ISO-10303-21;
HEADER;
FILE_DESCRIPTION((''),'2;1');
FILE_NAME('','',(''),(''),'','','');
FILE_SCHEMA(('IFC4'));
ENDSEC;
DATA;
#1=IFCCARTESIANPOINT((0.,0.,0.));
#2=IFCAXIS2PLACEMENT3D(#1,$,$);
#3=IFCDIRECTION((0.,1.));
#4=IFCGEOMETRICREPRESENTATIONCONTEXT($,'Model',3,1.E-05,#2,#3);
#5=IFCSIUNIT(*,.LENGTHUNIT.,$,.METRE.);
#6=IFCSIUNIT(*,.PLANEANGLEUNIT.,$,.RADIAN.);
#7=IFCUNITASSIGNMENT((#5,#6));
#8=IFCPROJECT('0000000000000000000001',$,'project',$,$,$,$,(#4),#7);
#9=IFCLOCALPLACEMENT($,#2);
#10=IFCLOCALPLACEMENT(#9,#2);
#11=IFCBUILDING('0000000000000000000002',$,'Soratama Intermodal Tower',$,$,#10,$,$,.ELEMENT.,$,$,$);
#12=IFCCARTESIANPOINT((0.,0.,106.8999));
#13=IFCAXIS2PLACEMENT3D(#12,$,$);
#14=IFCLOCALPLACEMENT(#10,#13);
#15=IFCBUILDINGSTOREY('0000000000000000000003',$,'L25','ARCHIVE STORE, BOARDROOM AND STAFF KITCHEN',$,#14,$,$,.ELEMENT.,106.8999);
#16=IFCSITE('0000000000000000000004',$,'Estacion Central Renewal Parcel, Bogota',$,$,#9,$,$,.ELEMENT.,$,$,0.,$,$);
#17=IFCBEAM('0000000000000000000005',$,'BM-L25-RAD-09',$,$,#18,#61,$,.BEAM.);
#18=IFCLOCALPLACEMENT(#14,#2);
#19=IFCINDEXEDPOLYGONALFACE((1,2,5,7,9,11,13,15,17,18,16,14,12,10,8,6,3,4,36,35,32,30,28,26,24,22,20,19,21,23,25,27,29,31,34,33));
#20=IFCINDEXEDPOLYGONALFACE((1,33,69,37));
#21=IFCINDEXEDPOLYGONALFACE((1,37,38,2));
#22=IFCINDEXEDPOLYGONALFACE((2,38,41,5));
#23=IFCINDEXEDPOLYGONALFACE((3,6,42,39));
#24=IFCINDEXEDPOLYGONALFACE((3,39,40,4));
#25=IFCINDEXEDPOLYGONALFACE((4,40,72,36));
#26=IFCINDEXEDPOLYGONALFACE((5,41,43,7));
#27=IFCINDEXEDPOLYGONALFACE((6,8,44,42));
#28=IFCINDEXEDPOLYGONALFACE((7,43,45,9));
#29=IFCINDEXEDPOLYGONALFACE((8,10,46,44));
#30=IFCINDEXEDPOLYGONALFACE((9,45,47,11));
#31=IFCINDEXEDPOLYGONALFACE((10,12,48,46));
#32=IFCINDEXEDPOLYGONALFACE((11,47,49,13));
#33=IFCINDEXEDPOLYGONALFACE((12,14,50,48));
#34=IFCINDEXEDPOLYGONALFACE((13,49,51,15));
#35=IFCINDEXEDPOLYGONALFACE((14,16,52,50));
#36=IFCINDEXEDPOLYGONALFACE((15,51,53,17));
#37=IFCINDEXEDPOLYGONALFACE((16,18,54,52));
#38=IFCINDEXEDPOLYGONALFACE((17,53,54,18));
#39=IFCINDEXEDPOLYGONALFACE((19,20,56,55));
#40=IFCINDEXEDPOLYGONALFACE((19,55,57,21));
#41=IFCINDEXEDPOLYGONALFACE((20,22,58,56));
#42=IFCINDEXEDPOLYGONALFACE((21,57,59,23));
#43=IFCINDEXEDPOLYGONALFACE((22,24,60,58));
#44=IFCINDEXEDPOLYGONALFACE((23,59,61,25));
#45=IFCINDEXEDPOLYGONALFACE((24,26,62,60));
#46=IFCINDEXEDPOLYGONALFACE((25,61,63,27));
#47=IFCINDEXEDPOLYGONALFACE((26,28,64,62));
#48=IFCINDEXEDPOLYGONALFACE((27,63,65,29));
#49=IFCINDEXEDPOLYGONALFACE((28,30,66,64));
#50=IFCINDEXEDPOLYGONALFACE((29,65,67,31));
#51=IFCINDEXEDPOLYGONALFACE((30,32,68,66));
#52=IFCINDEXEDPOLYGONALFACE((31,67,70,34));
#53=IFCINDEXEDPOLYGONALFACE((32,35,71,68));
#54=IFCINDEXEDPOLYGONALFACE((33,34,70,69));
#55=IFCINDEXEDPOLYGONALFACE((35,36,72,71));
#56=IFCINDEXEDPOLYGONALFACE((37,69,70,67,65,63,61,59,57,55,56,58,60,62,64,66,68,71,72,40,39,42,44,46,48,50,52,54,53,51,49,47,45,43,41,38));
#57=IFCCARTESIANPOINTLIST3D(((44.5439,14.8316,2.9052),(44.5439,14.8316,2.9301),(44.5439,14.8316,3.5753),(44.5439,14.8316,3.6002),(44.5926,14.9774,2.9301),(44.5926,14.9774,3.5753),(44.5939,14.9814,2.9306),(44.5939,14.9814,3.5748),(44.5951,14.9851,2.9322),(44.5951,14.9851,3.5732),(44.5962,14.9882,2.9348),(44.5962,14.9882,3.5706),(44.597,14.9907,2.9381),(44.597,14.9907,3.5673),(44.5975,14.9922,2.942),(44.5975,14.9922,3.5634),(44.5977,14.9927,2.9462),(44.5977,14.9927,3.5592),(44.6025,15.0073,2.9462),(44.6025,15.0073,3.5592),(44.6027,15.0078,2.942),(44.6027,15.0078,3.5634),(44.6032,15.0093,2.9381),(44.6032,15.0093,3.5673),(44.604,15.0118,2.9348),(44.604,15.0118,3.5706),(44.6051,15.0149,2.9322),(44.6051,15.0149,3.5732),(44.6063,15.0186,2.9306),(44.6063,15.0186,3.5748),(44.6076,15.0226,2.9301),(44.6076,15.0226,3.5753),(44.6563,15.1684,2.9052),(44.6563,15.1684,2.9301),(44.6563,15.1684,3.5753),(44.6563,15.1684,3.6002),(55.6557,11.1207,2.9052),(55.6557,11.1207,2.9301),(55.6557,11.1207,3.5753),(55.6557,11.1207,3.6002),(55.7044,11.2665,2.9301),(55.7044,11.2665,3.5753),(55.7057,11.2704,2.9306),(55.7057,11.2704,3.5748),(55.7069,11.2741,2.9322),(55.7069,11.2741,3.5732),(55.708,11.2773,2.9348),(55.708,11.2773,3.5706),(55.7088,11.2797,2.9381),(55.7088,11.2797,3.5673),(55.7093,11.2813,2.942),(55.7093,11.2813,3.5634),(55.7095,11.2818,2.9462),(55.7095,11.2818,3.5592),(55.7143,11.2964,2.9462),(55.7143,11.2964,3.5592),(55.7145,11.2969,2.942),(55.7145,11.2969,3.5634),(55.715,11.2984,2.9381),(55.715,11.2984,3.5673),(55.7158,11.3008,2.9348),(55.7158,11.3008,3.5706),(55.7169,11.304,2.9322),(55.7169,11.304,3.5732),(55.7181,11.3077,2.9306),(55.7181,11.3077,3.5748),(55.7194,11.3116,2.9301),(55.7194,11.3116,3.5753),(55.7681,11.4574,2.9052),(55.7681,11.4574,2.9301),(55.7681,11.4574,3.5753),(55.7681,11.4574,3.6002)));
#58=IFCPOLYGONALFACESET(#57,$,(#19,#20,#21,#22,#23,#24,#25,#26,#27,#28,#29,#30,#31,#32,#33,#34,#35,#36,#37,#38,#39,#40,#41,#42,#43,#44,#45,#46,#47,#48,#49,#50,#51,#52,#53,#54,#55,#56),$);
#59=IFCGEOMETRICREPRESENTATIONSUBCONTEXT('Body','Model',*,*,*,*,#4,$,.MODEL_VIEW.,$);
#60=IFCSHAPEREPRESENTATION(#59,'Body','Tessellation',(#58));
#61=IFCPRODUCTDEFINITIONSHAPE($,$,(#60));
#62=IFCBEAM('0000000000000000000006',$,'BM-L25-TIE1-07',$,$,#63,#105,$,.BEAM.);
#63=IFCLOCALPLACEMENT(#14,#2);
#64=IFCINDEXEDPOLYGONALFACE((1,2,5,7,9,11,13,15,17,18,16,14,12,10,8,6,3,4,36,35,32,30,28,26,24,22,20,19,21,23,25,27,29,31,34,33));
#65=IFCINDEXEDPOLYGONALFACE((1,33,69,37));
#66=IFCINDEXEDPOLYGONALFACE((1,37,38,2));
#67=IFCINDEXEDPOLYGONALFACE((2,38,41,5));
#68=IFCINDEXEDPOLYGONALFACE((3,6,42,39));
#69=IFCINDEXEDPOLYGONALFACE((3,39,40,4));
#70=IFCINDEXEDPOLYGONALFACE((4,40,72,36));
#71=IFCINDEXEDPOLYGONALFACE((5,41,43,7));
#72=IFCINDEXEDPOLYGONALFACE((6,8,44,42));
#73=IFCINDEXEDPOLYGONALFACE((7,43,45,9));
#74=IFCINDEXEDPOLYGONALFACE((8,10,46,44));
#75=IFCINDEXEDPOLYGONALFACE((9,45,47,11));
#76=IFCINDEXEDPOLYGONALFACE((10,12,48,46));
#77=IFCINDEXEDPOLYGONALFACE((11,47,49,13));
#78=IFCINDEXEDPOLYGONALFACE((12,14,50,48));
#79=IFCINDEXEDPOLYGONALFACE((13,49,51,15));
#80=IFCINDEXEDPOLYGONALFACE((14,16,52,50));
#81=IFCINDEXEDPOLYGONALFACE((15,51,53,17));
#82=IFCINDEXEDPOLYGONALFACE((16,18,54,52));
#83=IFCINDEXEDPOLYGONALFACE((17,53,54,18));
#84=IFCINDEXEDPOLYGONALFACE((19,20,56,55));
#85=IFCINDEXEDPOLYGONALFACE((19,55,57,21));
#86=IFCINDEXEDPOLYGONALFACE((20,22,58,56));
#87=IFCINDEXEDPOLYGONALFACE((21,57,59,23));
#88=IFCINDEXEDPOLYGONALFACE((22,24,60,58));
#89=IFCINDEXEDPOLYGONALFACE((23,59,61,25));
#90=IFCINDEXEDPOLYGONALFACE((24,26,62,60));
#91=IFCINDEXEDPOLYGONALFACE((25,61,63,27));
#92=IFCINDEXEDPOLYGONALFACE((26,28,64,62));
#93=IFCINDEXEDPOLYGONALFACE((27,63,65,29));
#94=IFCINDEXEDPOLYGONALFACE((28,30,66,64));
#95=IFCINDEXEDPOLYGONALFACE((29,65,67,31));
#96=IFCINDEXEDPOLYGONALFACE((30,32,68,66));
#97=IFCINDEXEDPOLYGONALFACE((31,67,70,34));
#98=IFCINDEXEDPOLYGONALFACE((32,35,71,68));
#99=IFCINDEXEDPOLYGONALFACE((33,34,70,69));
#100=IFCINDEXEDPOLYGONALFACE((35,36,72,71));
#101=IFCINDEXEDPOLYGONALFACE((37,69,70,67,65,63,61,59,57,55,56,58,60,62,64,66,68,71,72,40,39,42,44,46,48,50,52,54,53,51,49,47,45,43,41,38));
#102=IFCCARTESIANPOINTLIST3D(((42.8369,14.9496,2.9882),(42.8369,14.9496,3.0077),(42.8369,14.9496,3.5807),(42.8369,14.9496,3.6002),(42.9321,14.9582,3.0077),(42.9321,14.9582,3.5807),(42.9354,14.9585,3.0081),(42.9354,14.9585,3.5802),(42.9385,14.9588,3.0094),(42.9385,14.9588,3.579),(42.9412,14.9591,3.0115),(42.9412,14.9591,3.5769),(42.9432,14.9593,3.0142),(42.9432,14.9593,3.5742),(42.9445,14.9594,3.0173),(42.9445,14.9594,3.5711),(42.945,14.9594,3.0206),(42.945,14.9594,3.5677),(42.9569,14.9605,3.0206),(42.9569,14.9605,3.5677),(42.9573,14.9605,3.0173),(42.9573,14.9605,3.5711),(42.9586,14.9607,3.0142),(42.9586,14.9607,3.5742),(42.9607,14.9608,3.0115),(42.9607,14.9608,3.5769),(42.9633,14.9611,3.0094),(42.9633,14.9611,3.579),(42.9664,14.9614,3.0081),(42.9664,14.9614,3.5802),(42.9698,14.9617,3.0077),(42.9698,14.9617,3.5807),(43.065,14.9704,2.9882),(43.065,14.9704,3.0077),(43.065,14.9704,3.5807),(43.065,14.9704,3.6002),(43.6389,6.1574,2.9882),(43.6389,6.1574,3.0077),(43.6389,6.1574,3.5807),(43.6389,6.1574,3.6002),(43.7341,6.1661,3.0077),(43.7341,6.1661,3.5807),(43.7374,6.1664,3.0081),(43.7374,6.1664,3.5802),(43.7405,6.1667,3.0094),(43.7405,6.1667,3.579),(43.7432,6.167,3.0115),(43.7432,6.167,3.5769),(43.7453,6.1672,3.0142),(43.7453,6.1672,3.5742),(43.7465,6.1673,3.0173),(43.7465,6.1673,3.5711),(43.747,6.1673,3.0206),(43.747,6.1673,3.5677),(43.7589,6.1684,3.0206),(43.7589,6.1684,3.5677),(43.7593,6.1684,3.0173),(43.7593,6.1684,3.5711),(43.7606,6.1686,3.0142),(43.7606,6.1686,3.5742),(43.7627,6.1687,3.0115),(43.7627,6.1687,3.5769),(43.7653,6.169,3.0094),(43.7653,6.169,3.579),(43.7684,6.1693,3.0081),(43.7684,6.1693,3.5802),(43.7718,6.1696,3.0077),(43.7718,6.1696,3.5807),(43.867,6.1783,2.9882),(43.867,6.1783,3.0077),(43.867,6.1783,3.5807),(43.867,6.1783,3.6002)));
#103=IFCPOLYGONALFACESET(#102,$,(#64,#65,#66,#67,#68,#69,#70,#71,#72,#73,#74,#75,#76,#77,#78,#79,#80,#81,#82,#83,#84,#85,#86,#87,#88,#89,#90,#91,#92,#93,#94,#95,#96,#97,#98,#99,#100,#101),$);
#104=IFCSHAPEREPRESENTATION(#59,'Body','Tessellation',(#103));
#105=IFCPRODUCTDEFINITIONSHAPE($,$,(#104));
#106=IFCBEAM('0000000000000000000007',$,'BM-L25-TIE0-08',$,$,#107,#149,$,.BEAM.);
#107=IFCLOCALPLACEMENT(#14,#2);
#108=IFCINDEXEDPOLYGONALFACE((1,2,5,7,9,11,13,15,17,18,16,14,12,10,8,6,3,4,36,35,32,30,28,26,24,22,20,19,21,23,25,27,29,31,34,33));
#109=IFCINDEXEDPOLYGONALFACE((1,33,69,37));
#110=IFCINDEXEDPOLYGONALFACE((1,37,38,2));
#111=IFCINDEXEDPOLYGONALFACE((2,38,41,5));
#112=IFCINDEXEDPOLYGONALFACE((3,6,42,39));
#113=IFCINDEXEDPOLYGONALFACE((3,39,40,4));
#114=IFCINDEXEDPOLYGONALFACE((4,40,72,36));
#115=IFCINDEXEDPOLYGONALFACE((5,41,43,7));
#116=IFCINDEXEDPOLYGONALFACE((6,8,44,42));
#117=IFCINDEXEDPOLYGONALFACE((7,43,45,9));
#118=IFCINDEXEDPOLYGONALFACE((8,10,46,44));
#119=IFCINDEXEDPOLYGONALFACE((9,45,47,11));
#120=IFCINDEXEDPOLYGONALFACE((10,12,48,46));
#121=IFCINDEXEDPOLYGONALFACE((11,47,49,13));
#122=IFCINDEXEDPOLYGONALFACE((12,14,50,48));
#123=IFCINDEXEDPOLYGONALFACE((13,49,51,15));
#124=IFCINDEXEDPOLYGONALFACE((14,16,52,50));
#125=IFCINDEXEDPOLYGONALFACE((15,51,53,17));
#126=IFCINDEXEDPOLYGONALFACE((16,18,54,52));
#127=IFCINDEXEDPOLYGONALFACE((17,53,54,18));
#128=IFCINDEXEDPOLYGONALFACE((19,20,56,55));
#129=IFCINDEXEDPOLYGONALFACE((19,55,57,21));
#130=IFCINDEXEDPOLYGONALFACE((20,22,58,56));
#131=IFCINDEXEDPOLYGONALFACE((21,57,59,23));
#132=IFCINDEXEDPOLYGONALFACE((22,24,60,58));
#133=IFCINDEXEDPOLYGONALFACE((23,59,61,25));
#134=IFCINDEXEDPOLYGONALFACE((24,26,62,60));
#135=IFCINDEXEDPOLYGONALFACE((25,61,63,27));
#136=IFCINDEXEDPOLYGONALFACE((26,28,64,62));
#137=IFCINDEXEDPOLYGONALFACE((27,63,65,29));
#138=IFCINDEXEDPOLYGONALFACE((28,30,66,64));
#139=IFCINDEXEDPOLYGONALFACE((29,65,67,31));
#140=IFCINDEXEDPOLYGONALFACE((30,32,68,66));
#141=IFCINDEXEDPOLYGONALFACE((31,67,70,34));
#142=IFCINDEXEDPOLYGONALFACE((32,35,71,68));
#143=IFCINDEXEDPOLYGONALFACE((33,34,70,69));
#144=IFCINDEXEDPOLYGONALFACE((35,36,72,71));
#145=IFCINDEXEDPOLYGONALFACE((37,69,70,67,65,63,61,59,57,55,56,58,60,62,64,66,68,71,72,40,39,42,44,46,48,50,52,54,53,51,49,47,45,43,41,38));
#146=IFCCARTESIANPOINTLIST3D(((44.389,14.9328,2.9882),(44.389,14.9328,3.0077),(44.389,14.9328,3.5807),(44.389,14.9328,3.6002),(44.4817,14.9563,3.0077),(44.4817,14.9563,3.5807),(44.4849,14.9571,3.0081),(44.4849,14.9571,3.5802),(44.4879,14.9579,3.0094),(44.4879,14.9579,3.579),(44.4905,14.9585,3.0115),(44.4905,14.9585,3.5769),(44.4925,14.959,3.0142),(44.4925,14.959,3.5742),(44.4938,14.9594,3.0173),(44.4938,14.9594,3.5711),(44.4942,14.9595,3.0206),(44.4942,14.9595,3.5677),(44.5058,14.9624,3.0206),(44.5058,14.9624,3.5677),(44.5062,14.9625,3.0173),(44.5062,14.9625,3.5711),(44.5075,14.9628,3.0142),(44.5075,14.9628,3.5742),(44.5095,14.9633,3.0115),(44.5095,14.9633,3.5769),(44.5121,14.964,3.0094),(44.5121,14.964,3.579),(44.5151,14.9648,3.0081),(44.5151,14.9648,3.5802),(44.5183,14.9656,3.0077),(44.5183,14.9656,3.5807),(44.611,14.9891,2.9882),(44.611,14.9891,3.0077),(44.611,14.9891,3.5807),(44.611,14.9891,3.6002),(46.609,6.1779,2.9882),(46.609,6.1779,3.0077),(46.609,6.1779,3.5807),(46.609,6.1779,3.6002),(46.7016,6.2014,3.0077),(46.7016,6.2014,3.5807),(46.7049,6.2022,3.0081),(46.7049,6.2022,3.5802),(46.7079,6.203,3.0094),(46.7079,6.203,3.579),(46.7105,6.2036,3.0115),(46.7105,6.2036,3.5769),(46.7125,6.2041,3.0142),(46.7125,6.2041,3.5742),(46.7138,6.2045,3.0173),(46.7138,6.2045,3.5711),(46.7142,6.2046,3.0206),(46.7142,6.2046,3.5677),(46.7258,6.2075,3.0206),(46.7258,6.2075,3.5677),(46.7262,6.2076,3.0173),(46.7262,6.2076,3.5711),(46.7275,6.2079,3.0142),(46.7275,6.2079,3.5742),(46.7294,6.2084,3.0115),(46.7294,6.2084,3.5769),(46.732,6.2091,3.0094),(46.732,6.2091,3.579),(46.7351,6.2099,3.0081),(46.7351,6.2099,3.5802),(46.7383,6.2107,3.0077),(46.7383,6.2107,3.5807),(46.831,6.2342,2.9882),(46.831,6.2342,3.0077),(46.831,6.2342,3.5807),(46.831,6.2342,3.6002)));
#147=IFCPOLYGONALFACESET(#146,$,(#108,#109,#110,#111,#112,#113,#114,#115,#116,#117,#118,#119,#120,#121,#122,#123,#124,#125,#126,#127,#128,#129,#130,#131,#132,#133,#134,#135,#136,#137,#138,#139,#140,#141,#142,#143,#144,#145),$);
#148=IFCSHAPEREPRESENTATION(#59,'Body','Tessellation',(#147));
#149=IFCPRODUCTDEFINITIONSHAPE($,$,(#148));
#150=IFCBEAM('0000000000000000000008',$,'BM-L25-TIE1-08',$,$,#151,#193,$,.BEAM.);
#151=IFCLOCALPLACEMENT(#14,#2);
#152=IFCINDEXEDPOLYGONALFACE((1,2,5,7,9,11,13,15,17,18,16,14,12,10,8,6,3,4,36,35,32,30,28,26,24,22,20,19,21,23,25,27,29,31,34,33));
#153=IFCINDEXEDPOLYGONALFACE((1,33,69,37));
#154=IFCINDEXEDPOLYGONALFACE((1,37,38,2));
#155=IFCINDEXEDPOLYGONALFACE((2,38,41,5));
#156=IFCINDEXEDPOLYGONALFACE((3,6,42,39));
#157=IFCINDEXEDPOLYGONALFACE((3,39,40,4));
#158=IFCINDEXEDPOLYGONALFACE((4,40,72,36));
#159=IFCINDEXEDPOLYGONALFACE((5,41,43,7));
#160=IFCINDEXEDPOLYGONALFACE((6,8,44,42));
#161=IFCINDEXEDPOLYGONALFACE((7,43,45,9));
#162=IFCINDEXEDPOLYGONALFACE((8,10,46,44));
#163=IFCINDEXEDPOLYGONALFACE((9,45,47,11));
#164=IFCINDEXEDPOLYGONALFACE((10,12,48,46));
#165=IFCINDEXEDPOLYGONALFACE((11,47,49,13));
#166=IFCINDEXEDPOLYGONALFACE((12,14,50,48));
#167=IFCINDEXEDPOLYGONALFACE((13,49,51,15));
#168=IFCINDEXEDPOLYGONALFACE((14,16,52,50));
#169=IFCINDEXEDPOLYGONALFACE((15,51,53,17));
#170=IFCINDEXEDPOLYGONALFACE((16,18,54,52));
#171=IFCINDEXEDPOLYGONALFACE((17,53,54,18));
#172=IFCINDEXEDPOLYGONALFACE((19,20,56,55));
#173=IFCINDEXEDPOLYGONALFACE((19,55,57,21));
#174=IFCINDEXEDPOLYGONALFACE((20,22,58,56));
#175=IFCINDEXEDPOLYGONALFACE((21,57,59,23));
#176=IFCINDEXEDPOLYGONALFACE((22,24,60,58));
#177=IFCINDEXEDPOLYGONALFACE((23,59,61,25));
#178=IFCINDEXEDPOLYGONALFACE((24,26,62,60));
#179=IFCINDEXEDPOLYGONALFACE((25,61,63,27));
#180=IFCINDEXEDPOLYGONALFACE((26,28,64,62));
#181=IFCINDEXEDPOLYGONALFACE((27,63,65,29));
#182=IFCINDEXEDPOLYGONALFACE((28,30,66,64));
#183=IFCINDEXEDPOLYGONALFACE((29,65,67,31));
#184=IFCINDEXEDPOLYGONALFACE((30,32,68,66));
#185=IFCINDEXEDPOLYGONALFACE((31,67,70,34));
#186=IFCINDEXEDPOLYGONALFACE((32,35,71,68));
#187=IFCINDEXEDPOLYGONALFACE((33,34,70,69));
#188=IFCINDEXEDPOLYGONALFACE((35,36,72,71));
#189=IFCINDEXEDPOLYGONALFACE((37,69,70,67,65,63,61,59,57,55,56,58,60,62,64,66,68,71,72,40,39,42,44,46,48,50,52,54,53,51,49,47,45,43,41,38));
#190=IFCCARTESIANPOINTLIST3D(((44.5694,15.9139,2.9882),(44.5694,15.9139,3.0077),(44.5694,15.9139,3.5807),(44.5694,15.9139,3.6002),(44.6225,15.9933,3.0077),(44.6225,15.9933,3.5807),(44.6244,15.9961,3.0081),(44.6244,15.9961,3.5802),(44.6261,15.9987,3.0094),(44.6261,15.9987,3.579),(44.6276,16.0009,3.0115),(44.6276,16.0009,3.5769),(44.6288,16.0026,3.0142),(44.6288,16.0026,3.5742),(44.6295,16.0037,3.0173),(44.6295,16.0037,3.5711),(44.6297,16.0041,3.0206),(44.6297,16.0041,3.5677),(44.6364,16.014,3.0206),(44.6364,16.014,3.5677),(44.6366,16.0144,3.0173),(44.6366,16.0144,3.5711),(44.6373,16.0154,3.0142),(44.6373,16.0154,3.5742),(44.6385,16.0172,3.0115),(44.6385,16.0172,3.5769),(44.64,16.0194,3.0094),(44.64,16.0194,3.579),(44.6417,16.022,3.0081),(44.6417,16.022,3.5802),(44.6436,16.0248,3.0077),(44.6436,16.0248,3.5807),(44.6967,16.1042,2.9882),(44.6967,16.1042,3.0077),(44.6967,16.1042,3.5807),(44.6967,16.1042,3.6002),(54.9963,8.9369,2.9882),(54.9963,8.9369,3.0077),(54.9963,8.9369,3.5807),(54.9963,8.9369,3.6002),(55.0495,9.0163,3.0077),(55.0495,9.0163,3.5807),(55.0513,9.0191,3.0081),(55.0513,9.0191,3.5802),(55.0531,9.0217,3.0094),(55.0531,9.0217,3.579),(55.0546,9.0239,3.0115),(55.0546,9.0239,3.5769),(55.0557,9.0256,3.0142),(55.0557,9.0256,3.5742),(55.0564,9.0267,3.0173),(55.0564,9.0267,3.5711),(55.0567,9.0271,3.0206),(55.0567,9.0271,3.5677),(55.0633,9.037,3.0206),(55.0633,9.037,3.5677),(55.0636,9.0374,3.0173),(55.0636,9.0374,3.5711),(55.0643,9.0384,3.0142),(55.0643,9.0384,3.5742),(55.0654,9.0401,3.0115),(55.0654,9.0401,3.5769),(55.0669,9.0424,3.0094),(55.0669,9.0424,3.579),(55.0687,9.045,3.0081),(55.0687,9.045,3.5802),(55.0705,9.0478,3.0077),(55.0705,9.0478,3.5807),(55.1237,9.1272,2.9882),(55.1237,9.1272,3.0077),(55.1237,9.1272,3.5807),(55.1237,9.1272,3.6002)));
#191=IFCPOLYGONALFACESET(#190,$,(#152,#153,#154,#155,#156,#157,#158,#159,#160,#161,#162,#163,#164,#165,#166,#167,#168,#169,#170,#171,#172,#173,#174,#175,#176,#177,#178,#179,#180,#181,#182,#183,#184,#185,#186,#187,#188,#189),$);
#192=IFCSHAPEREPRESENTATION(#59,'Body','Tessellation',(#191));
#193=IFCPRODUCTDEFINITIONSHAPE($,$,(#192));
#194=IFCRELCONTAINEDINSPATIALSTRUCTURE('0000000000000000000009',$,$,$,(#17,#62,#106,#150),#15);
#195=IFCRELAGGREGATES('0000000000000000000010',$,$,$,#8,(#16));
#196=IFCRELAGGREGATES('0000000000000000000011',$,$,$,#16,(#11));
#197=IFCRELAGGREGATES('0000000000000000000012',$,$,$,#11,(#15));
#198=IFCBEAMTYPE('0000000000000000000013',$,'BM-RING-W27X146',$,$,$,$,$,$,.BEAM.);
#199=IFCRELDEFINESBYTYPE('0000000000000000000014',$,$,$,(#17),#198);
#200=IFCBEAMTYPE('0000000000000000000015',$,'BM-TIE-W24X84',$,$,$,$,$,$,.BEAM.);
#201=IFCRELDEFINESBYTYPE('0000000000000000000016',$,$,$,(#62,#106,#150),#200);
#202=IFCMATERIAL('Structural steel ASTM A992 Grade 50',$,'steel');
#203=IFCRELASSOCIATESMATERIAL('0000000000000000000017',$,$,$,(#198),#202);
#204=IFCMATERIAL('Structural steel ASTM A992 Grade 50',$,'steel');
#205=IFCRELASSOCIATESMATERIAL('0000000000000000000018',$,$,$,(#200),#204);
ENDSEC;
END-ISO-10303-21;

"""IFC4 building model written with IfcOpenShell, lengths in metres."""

from ifc_helpers import new_model, si_unit, direction, frame, origin, origin_2d, place, context, subcontext, project, spatial, i_section, extrude, material, material_profile, profile_set, type_object, element, save


model = new_model("IFC4")

# Units and contexts
model_context = context("Model", 3, precision=1e-05, world=origin(), true_north=direction((0.0, 1.0)))
body_context = subcontext(model_context, "Body", "Model", "MODEL_VIEW")
ifc_project = project(units=[si_unit("LENGTHUNIT", "METRE"), si_unit("PLANEANGLEUNIT", "RADIAN")], contexts=[model_context])

# Site, building, storey
site_placement = place(None, origin())
site = spatial("IfcSite", under=ifc_project, at=site_placement, Name="Estacion Central Renewal Parcel, Bogota", CompositionType="ELEMENT", RefElevation=0.0)
building_placement = place(site_placement, origin())
building = spatial("IfcBuilding", under=site, at=building_placement, Name="Soratama Intermodal Tower", CompositionType="ELEMENT")
storey_placement = place(building_placement, frame((0.0, 0.0, 106.8999)))
storey = spatial("IfcBuildingStorey", under=building, at=storey_placement, Name="L25", Description="ARCHIVE STORE, BOARDROOM AND STAFF KITCHEN", CompositionType="ELEMENT", Elevation=106.8999)

# Beams
ifc_material_1 = material(Name="Structural steel ASTM A992 Grade 50", Category="steel")
ifc_material_profile_1 = material_profile(ifc_material_1, i_section(OverallWidth=0.355, OverallDepth=0.6951, WebThickness=0.0154, FlangeThickness=0.0249, FilletRadius=0.0161, at=origin_2d()), Name="W27X146")
ifc_profile_set_1 = profile_set([ifc_material_profile_1], Name="Structural steel ASTM A992 Grade 50")
beam_type_1 = type_object("IfcBeamType", Name="BM-RING-W27X146", PredefinedType="BEAM", material=ifc_profile_set_1)
beam_1_placement = place(storey_placement, frame((44.6001, 15.0, 3.2527), z_axis=(0.948504, -0.316765, 0.0), x_axis=(0.316765, 0.948504, 0.0)))
element("IfcBeam", 1, at=beam_1_placement, inside=storey, type_object=beam_type_1, Name="BM-L25-RAD-09", PredefinedType="BEAM", context=body_context, shape_type="SweptSolid", body=[
    extrude(i_section(OverallWidth=0.355, OverallDepth=0.6951, WebThickness=0.0154, FlangeThickness=0.0249, FilletRadius=0.0161, at=origin_2d()), origin(), (0.0, 0.0, 1.0), 11.7151),
])
ifc_material_2 = material(Name="Structural steel ASTM A992 Grade 50", Category="steel")
ifc_material_profile_2 = material_profile(ifc_material_2, i_section(OverallWidth=0.229, OverallDepth=0.6121, WebThickness=0.012, FlangeThickness=0.0195, FilletRadius=0.0129, at=origin_2d()), Name="W24X84")
ifc_profile_set_2 = profile_set([ifc_material_profile_2], Name="Structural steel ASTM A992 Grade 50")
beam_type_2 = type_object("IfcBeamType", Name="BM-TIE-W24X84", PredefinedType="BEAM", material=ifc_profile_set_2)
beam_2_placement = place(storey_placement, frame((42.9509, 14.96, 3.2942), z_axis=(0.090842, -0.995865, 0.0), x_axis=(0.995865, 0.090842, 0.0)))
element("IfcBeam", 2, at=beam_2_placement, inside=storey, type_object=beam_type_2, Name="BM-L25-TIE1-07", PredefinedType="BEAM", context=body_context, shape_type="SweptSolid", body=[
    extrude(i_section(OverallWidth=0.229, OverallDepth=0.6121, WebThickness=0.012, FlangeThickness=0.0195, FilletRadius=0.0129, at=origin_2d()), origin(), (0.0, 0.0, 1.0), 8.8286),
])
beam_3_placement = place(storey_placement, frame((44.5, 14.9609, 3.2942), z_axis=(0.245791, -0.969323, 0.0), x_axis=(0.969323, 0.245791, 0.0)))
element("IfcBeam", 3, at=beam_3_placement, inside=storey, type_object=beam_type_2, Name="BM-L25-TIE0-08", PredefinedType="BEAM", context=body_context, shape_type="SweptSolid", body=[
    extrude(i_section(OverallWidth=0.229, OverallDepth=0.6121, WebThickness=0.012, FlangeThickness=0.0195, FilletRadius=0.0129, at=origin_2d()), origin(), (0.0, 0.0, 1.0), 9.032),
])
beam_4_placement = place(storey_placement, frame((44.6331, 16.009, 3.2942), z_axis=(0.831103, -0.556118, 0.0), x_axis=(0.556118, 0.831103, 0.0)))
element("IfcBeam", 4, at=beam_4_placement, inside=storey, type_object=beam_type_2, Name="BM-L25-TIE1-08", PredefinedType="BEAM", context=body_context, shape_type="SweptSolid", body=[
    extrude(i_section(OverallWidth=0.229, OverallDepth=0.6121, WebThickness=0.012, FlangeThickness=0.0195, FilletRadius=0.0129, at=origin_2d()), origin(), (0.0, 0.0, 1.0), 12.5459),
])

save(model, "model.ifc")
